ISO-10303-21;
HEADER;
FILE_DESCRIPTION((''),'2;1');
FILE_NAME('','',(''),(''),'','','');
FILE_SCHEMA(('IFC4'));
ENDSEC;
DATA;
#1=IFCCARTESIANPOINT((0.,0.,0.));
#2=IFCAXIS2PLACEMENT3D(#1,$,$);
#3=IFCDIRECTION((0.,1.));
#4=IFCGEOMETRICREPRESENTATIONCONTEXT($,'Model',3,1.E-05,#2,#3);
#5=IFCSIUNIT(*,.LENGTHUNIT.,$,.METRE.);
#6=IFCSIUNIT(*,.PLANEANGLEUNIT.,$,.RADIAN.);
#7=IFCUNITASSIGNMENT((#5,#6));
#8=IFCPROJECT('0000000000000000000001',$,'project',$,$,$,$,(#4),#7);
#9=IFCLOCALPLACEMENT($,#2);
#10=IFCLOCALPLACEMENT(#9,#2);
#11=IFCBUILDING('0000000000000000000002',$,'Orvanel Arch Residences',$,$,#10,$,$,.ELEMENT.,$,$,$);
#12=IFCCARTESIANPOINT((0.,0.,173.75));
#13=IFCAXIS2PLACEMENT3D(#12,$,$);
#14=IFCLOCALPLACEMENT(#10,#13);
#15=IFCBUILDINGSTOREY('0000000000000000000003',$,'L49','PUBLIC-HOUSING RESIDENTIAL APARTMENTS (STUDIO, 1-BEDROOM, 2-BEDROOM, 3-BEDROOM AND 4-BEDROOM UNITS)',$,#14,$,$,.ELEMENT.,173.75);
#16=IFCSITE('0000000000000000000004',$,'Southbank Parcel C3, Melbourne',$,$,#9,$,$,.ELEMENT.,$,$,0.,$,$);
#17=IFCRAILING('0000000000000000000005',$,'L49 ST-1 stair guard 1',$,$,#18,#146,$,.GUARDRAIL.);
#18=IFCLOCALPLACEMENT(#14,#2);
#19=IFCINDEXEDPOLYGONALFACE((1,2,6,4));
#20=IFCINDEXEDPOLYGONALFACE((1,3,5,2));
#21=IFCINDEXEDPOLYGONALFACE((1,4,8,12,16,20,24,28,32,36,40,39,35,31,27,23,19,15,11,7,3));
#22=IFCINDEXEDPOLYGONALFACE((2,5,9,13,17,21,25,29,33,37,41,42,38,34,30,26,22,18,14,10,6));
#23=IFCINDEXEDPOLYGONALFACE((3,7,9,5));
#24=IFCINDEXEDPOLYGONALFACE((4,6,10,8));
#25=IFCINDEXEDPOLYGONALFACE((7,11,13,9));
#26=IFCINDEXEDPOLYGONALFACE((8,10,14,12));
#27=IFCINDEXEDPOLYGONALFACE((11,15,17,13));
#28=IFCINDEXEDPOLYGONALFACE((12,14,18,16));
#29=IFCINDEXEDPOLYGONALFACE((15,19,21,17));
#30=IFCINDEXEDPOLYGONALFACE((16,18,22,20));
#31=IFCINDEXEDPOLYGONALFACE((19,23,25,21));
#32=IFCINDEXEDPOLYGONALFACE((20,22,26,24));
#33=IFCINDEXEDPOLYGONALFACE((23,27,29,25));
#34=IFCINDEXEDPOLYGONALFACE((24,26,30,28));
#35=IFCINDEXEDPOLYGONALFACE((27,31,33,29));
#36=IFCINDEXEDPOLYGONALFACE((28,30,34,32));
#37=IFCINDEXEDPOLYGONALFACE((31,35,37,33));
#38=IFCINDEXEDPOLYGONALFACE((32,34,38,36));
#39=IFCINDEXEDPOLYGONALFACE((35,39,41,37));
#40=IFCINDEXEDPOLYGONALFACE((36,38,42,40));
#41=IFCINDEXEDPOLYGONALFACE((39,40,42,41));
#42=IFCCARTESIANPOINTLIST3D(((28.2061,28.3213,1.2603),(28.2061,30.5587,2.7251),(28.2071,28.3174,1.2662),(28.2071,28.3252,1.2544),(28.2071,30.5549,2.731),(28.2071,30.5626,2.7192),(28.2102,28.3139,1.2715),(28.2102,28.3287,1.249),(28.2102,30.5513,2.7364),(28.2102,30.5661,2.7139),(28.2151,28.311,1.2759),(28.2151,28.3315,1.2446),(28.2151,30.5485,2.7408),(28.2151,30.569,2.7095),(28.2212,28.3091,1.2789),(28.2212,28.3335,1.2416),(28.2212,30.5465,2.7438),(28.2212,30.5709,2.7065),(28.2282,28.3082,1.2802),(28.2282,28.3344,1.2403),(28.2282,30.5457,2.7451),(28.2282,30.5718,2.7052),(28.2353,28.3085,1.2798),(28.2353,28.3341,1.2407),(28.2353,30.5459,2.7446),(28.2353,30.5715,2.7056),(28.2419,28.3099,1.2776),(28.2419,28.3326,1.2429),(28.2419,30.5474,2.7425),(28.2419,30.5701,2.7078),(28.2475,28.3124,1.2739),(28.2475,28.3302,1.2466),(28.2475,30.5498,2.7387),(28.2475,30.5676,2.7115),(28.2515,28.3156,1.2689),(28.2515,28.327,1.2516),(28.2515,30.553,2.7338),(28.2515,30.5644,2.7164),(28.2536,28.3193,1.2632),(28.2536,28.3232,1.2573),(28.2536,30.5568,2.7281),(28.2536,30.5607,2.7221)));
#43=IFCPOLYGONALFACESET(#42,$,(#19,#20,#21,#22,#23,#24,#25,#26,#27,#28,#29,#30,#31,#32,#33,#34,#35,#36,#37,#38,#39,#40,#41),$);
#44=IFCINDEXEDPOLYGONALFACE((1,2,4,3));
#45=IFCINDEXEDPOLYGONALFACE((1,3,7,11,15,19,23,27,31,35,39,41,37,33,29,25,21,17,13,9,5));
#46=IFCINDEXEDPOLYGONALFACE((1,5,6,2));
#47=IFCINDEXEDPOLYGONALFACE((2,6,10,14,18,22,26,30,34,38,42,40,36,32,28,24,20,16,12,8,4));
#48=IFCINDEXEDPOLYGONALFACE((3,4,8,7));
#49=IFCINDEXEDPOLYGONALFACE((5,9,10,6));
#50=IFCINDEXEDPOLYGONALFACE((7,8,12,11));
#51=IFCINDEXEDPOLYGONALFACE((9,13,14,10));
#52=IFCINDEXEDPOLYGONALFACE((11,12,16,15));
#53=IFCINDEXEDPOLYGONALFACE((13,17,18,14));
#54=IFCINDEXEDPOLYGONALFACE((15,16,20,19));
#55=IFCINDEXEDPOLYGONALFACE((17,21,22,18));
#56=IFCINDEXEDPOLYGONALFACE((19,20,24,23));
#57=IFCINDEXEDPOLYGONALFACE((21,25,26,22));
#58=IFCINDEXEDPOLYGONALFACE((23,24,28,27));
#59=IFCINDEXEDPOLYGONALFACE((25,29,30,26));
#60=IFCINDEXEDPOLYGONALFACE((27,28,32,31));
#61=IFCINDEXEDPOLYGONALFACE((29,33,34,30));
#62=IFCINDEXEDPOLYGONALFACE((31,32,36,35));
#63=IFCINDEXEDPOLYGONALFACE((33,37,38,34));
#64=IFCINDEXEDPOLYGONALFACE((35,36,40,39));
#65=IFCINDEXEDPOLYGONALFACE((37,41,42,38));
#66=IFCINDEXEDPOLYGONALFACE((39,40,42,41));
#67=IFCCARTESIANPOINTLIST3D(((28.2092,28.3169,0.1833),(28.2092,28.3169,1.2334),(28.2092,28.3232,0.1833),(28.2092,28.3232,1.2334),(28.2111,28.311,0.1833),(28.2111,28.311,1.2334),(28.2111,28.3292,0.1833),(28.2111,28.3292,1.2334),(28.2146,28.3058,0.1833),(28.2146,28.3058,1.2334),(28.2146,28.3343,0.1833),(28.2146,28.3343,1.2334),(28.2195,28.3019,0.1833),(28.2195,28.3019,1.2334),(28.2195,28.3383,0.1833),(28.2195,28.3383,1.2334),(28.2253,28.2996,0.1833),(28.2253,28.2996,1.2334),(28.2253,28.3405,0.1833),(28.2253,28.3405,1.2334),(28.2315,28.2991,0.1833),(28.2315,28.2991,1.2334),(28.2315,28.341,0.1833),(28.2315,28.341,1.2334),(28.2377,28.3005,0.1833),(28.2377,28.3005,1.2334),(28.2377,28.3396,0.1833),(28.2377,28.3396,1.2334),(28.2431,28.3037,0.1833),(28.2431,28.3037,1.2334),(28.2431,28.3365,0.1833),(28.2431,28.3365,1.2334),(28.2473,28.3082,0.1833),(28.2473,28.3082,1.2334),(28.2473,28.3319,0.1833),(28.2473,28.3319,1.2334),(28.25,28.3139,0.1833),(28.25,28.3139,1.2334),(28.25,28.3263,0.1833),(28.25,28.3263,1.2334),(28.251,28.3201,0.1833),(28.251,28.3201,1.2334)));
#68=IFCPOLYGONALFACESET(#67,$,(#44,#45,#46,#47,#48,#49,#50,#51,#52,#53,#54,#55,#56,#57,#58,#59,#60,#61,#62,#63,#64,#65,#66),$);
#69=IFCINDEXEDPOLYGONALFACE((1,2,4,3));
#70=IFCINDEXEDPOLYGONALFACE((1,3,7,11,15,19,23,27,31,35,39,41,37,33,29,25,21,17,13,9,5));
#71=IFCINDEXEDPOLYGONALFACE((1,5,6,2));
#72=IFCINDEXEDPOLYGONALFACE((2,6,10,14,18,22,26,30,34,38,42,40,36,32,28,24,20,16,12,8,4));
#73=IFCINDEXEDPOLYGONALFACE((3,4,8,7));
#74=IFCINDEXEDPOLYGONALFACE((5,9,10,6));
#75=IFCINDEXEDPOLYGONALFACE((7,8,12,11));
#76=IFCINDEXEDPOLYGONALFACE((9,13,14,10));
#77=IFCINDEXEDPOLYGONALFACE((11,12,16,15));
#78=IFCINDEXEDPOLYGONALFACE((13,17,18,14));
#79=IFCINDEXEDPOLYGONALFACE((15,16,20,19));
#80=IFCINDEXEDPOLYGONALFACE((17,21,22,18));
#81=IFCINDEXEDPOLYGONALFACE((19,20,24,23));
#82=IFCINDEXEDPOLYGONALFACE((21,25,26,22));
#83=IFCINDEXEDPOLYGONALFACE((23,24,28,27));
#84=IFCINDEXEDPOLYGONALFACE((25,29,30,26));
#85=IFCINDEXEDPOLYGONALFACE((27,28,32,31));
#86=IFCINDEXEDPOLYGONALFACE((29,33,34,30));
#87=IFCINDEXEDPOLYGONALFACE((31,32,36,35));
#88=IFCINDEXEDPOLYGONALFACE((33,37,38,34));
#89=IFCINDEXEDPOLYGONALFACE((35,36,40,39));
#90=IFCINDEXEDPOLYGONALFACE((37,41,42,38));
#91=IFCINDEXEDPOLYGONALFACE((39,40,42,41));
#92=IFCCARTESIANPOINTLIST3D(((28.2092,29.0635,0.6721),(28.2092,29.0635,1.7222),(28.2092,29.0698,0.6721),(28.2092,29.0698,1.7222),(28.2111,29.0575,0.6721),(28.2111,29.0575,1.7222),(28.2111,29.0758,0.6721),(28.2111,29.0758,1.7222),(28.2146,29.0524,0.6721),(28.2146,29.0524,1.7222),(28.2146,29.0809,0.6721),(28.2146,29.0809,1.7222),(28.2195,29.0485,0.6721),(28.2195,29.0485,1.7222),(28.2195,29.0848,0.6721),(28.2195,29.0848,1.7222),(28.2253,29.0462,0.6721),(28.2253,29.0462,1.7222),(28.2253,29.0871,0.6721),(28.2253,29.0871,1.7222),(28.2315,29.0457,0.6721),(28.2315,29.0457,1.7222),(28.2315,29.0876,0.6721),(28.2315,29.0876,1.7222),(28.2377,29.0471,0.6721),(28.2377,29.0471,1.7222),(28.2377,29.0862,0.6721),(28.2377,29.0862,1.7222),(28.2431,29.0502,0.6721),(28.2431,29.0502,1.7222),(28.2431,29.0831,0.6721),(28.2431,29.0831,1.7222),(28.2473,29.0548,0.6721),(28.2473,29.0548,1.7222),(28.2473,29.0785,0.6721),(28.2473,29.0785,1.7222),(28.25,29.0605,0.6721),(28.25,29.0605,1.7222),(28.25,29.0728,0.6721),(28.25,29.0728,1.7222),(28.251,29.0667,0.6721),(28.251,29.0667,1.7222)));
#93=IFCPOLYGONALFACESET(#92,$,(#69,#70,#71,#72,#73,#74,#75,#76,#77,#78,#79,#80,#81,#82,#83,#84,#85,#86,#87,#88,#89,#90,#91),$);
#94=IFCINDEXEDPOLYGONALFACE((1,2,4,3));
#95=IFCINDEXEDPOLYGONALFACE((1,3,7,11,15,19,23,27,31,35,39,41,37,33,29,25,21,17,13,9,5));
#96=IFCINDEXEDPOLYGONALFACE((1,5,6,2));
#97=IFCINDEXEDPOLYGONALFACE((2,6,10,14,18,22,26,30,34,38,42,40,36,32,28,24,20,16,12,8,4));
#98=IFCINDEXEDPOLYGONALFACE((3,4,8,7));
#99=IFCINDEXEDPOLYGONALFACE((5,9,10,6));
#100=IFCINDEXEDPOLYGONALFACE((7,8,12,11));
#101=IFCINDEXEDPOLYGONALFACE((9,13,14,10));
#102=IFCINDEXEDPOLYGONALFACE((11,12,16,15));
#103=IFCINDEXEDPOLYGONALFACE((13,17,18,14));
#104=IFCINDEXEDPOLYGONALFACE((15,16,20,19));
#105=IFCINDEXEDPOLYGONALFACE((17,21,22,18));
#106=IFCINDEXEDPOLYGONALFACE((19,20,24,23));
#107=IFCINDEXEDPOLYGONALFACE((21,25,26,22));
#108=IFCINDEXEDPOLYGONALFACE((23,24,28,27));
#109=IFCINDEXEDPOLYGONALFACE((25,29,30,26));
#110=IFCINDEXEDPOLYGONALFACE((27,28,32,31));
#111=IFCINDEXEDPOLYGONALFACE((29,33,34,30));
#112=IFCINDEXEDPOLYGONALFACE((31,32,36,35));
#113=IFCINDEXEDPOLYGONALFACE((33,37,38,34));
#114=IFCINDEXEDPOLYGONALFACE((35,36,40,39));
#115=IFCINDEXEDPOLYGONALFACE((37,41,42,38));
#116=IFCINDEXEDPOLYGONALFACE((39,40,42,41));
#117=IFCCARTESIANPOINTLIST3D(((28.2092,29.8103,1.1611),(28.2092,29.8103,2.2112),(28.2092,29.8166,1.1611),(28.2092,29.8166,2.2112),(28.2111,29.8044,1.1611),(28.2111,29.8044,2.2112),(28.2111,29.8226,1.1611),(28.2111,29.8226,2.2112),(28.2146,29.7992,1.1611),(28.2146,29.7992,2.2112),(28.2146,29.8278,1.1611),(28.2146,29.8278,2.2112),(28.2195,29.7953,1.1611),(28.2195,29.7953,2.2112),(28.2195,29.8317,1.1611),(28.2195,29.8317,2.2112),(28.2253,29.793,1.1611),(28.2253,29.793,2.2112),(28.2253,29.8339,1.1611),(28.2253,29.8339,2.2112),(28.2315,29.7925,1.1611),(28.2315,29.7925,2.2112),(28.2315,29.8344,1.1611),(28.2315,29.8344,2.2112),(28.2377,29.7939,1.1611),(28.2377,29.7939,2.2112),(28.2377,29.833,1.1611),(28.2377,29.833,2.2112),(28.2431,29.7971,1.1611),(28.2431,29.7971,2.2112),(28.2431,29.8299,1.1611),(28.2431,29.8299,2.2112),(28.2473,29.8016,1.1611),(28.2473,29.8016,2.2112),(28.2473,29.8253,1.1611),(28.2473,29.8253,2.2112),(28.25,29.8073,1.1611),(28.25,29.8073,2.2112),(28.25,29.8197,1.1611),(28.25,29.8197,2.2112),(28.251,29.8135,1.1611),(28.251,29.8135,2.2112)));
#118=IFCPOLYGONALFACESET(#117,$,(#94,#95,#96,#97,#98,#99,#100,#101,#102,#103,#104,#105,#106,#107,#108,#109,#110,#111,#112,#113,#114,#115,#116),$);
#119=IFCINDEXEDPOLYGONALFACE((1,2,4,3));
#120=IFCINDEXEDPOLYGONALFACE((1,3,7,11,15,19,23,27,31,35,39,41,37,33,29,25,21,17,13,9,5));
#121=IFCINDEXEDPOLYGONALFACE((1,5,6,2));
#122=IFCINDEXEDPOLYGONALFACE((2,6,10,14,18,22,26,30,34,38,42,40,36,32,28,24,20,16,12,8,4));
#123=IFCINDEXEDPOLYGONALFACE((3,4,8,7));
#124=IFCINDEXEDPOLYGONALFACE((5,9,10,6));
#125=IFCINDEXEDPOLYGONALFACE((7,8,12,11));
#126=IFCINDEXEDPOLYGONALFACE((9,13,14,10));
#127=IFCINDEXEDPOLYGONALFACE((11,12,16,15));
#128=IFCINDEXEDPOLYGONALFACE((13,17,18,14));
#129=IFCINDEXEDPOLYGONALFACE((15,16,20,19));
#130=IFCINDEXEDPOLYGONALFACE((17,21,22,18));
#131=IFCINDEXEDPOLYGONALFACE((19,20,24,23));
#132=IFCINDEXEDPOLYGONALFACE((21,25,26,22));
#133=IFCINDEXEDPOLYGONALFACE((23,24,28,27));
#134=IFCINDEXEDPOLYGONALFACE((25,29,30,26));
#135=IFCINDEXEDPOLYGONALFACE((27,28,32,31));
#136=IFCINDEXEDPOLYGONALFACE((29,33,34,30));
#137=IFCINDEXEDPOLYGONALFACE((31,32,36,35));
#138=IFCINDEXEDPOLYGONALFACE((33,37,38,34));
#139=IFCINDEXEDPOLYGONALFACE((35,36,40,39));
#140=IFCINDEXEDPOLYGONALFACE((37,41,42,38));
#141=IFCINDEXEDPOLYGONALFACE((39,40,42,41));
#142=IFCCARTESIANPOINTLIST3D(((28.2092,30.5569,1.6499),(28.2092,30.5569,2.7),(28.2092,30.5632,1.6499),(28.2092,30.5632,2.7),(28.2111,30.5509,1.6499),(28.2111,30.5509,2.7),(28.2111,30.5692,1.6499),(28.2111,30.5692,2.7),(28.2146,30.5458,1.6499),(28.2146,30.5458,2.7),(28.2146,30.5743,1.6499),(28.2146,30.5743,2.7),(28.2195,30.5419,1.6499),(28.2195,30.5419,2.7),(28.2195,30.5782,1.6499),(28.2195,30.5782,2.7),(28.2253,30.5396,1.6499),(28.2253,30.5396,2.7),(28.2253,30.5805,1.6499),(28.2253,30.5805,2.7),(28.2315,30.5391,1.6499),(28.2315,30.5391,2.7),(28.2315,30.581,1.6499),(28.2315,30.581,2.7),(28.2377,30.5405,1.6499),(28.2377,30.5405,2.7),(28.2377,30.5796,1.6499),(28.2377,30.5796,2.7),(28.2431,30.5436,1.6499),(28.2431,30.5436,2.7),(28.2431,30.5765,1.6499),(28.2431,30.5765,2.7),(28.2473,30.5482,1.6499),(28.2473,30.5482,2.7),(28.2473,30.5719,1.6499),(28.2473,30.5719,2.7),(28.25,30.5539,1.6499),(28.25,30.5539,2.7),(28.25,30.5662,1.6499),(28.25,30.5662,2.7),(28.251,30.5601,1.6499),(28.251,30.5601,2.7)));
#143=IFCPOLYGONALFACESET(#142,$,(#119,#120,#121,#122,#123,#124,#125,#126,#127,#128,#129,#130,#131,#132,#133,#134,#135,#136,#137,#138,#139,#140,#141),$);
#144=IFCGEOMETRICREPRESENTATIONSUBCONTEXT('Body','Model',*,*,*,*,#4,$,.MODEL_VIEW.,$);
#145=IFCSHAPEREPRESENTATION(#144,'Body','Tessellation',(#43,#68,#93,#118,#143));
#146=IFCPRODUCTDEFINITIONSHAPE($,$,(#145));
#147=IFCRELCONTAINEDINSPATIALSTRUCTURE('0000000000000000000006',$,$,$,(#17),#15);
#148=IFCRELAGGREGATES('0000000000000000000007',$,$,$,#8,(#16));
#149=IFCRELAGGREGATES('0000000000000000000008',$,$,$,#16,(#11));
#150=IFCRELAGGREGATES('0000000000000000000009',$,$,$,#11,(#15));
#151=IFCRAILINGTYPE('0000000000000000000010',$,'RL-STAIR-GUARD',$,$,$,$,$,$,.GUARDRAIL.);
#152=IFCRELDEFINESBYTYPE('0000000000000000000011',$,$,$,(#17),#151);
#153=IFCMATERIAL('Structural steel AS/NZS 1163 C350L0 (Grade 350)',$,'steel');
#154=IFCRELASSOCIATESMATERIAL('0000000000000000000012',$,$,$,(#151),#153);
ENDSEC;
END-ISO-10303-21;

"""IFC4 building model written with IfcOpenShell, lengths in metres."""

from ifc_helpers import new_model, si_unit, direction, frame, origin, origin_2d, place, context, subcontext, project, spatial, circle, extrude, material, type_object, element, save


model = new_model("IFC4")

# Units and contexts
model_context = context("Model", 3, precision=1e-05, world=origin(), true_north=direction((0.0, 1.0)))
body_context = subcontext(model_context, "Body", "Model", "MODEL_VIEW")
ifc_project = project(units=[si_unit("LENGTHUNIT", "METRE"), si_unit("PLANEANGLEUNIT", "RADIAN")], contexts=[model_context])

# Site, building, storey
site_placement = place(None, origin())
site = spatial("IfcSite", under=ifc_project, at=site_placement, Name="Southbank Parcel C3, Melbourne", CompositionType="ELEMENT", RefElevation=0.0)
building_placement = place(site_placement, origin())
building = spatial("IfcBuilding", under=site, at=building_placement, Name="Orvanel Arch Residences", CompositionType="ELEMENT")
storey_placement = place(building_placement, frame((0.0, 0.0, 173.75)))
storey = spatial("IfcBuildingStorey", under=building, at=storey_placement, Name="L49", Description="PUBLIC-HOUSING RESIDENTIAL APARTMENTS (STUDIO, 1-BEDROOM, 2-BEDROOM, 3-BEDROOM AND 4-BEDROOM UNITS)", CompositionType="ELEMENT", Elevation=173.75)

# Railing
ifc_material_1 = material(Name="Structural steel AS/NZS 1163 C350L0 (Grade 350)", Category="steel")
railing_type_1 = type_object("IfcRailingType", Name="RL-STAIR-GUARD", PredefinedType="GUARDRAIL", material=ifc_material_1)
railing_1_placement = place(storey_placement, frame((28.23, 28.3201, 0.1833)))
element("IfcRailing", 1, at=railing_1_placement, inside=storey, type_object=railing_type_1, Name="L49 ST-1 stair guard 1", PredefinedType="GUARDRAIL", context=body_context, shape_type="SweptSolid", body=[
    extrude(circle(Radius=0.0239, at=origin_2d()), frame((0.0, 0.0012, 1.0769), z_axis=(0.0, 0.836637, 0.547758), x_axis=(-1.0, 0.0, 0.0)), (0.0, 0.0, 1.0), 2.6743),
    extrude(circle(Radius=0.021, at=origin_2d()), origin(), (0.0, 0.0, 1.0), 1.05),
    extrude(circle(Radius=0.021, at=origin_2d()), frame((0.0, 0.7466, 0.4888)), (0.0, 0.0, 1.0), 1.05),
    extrude(circle(Radius=0.021, at=origin_2d()), frame((0.0, 1.4934, 0.9778)), (0.0, 0.0, 1.0), 1.05),
    extrude(circle(Radius=0.021, at=origin_2d()), frame((0.0, 2.24, 1.4666)), (0.0, 0.0, 1.0), 1.05),
])

save(model, "model.ifc")
